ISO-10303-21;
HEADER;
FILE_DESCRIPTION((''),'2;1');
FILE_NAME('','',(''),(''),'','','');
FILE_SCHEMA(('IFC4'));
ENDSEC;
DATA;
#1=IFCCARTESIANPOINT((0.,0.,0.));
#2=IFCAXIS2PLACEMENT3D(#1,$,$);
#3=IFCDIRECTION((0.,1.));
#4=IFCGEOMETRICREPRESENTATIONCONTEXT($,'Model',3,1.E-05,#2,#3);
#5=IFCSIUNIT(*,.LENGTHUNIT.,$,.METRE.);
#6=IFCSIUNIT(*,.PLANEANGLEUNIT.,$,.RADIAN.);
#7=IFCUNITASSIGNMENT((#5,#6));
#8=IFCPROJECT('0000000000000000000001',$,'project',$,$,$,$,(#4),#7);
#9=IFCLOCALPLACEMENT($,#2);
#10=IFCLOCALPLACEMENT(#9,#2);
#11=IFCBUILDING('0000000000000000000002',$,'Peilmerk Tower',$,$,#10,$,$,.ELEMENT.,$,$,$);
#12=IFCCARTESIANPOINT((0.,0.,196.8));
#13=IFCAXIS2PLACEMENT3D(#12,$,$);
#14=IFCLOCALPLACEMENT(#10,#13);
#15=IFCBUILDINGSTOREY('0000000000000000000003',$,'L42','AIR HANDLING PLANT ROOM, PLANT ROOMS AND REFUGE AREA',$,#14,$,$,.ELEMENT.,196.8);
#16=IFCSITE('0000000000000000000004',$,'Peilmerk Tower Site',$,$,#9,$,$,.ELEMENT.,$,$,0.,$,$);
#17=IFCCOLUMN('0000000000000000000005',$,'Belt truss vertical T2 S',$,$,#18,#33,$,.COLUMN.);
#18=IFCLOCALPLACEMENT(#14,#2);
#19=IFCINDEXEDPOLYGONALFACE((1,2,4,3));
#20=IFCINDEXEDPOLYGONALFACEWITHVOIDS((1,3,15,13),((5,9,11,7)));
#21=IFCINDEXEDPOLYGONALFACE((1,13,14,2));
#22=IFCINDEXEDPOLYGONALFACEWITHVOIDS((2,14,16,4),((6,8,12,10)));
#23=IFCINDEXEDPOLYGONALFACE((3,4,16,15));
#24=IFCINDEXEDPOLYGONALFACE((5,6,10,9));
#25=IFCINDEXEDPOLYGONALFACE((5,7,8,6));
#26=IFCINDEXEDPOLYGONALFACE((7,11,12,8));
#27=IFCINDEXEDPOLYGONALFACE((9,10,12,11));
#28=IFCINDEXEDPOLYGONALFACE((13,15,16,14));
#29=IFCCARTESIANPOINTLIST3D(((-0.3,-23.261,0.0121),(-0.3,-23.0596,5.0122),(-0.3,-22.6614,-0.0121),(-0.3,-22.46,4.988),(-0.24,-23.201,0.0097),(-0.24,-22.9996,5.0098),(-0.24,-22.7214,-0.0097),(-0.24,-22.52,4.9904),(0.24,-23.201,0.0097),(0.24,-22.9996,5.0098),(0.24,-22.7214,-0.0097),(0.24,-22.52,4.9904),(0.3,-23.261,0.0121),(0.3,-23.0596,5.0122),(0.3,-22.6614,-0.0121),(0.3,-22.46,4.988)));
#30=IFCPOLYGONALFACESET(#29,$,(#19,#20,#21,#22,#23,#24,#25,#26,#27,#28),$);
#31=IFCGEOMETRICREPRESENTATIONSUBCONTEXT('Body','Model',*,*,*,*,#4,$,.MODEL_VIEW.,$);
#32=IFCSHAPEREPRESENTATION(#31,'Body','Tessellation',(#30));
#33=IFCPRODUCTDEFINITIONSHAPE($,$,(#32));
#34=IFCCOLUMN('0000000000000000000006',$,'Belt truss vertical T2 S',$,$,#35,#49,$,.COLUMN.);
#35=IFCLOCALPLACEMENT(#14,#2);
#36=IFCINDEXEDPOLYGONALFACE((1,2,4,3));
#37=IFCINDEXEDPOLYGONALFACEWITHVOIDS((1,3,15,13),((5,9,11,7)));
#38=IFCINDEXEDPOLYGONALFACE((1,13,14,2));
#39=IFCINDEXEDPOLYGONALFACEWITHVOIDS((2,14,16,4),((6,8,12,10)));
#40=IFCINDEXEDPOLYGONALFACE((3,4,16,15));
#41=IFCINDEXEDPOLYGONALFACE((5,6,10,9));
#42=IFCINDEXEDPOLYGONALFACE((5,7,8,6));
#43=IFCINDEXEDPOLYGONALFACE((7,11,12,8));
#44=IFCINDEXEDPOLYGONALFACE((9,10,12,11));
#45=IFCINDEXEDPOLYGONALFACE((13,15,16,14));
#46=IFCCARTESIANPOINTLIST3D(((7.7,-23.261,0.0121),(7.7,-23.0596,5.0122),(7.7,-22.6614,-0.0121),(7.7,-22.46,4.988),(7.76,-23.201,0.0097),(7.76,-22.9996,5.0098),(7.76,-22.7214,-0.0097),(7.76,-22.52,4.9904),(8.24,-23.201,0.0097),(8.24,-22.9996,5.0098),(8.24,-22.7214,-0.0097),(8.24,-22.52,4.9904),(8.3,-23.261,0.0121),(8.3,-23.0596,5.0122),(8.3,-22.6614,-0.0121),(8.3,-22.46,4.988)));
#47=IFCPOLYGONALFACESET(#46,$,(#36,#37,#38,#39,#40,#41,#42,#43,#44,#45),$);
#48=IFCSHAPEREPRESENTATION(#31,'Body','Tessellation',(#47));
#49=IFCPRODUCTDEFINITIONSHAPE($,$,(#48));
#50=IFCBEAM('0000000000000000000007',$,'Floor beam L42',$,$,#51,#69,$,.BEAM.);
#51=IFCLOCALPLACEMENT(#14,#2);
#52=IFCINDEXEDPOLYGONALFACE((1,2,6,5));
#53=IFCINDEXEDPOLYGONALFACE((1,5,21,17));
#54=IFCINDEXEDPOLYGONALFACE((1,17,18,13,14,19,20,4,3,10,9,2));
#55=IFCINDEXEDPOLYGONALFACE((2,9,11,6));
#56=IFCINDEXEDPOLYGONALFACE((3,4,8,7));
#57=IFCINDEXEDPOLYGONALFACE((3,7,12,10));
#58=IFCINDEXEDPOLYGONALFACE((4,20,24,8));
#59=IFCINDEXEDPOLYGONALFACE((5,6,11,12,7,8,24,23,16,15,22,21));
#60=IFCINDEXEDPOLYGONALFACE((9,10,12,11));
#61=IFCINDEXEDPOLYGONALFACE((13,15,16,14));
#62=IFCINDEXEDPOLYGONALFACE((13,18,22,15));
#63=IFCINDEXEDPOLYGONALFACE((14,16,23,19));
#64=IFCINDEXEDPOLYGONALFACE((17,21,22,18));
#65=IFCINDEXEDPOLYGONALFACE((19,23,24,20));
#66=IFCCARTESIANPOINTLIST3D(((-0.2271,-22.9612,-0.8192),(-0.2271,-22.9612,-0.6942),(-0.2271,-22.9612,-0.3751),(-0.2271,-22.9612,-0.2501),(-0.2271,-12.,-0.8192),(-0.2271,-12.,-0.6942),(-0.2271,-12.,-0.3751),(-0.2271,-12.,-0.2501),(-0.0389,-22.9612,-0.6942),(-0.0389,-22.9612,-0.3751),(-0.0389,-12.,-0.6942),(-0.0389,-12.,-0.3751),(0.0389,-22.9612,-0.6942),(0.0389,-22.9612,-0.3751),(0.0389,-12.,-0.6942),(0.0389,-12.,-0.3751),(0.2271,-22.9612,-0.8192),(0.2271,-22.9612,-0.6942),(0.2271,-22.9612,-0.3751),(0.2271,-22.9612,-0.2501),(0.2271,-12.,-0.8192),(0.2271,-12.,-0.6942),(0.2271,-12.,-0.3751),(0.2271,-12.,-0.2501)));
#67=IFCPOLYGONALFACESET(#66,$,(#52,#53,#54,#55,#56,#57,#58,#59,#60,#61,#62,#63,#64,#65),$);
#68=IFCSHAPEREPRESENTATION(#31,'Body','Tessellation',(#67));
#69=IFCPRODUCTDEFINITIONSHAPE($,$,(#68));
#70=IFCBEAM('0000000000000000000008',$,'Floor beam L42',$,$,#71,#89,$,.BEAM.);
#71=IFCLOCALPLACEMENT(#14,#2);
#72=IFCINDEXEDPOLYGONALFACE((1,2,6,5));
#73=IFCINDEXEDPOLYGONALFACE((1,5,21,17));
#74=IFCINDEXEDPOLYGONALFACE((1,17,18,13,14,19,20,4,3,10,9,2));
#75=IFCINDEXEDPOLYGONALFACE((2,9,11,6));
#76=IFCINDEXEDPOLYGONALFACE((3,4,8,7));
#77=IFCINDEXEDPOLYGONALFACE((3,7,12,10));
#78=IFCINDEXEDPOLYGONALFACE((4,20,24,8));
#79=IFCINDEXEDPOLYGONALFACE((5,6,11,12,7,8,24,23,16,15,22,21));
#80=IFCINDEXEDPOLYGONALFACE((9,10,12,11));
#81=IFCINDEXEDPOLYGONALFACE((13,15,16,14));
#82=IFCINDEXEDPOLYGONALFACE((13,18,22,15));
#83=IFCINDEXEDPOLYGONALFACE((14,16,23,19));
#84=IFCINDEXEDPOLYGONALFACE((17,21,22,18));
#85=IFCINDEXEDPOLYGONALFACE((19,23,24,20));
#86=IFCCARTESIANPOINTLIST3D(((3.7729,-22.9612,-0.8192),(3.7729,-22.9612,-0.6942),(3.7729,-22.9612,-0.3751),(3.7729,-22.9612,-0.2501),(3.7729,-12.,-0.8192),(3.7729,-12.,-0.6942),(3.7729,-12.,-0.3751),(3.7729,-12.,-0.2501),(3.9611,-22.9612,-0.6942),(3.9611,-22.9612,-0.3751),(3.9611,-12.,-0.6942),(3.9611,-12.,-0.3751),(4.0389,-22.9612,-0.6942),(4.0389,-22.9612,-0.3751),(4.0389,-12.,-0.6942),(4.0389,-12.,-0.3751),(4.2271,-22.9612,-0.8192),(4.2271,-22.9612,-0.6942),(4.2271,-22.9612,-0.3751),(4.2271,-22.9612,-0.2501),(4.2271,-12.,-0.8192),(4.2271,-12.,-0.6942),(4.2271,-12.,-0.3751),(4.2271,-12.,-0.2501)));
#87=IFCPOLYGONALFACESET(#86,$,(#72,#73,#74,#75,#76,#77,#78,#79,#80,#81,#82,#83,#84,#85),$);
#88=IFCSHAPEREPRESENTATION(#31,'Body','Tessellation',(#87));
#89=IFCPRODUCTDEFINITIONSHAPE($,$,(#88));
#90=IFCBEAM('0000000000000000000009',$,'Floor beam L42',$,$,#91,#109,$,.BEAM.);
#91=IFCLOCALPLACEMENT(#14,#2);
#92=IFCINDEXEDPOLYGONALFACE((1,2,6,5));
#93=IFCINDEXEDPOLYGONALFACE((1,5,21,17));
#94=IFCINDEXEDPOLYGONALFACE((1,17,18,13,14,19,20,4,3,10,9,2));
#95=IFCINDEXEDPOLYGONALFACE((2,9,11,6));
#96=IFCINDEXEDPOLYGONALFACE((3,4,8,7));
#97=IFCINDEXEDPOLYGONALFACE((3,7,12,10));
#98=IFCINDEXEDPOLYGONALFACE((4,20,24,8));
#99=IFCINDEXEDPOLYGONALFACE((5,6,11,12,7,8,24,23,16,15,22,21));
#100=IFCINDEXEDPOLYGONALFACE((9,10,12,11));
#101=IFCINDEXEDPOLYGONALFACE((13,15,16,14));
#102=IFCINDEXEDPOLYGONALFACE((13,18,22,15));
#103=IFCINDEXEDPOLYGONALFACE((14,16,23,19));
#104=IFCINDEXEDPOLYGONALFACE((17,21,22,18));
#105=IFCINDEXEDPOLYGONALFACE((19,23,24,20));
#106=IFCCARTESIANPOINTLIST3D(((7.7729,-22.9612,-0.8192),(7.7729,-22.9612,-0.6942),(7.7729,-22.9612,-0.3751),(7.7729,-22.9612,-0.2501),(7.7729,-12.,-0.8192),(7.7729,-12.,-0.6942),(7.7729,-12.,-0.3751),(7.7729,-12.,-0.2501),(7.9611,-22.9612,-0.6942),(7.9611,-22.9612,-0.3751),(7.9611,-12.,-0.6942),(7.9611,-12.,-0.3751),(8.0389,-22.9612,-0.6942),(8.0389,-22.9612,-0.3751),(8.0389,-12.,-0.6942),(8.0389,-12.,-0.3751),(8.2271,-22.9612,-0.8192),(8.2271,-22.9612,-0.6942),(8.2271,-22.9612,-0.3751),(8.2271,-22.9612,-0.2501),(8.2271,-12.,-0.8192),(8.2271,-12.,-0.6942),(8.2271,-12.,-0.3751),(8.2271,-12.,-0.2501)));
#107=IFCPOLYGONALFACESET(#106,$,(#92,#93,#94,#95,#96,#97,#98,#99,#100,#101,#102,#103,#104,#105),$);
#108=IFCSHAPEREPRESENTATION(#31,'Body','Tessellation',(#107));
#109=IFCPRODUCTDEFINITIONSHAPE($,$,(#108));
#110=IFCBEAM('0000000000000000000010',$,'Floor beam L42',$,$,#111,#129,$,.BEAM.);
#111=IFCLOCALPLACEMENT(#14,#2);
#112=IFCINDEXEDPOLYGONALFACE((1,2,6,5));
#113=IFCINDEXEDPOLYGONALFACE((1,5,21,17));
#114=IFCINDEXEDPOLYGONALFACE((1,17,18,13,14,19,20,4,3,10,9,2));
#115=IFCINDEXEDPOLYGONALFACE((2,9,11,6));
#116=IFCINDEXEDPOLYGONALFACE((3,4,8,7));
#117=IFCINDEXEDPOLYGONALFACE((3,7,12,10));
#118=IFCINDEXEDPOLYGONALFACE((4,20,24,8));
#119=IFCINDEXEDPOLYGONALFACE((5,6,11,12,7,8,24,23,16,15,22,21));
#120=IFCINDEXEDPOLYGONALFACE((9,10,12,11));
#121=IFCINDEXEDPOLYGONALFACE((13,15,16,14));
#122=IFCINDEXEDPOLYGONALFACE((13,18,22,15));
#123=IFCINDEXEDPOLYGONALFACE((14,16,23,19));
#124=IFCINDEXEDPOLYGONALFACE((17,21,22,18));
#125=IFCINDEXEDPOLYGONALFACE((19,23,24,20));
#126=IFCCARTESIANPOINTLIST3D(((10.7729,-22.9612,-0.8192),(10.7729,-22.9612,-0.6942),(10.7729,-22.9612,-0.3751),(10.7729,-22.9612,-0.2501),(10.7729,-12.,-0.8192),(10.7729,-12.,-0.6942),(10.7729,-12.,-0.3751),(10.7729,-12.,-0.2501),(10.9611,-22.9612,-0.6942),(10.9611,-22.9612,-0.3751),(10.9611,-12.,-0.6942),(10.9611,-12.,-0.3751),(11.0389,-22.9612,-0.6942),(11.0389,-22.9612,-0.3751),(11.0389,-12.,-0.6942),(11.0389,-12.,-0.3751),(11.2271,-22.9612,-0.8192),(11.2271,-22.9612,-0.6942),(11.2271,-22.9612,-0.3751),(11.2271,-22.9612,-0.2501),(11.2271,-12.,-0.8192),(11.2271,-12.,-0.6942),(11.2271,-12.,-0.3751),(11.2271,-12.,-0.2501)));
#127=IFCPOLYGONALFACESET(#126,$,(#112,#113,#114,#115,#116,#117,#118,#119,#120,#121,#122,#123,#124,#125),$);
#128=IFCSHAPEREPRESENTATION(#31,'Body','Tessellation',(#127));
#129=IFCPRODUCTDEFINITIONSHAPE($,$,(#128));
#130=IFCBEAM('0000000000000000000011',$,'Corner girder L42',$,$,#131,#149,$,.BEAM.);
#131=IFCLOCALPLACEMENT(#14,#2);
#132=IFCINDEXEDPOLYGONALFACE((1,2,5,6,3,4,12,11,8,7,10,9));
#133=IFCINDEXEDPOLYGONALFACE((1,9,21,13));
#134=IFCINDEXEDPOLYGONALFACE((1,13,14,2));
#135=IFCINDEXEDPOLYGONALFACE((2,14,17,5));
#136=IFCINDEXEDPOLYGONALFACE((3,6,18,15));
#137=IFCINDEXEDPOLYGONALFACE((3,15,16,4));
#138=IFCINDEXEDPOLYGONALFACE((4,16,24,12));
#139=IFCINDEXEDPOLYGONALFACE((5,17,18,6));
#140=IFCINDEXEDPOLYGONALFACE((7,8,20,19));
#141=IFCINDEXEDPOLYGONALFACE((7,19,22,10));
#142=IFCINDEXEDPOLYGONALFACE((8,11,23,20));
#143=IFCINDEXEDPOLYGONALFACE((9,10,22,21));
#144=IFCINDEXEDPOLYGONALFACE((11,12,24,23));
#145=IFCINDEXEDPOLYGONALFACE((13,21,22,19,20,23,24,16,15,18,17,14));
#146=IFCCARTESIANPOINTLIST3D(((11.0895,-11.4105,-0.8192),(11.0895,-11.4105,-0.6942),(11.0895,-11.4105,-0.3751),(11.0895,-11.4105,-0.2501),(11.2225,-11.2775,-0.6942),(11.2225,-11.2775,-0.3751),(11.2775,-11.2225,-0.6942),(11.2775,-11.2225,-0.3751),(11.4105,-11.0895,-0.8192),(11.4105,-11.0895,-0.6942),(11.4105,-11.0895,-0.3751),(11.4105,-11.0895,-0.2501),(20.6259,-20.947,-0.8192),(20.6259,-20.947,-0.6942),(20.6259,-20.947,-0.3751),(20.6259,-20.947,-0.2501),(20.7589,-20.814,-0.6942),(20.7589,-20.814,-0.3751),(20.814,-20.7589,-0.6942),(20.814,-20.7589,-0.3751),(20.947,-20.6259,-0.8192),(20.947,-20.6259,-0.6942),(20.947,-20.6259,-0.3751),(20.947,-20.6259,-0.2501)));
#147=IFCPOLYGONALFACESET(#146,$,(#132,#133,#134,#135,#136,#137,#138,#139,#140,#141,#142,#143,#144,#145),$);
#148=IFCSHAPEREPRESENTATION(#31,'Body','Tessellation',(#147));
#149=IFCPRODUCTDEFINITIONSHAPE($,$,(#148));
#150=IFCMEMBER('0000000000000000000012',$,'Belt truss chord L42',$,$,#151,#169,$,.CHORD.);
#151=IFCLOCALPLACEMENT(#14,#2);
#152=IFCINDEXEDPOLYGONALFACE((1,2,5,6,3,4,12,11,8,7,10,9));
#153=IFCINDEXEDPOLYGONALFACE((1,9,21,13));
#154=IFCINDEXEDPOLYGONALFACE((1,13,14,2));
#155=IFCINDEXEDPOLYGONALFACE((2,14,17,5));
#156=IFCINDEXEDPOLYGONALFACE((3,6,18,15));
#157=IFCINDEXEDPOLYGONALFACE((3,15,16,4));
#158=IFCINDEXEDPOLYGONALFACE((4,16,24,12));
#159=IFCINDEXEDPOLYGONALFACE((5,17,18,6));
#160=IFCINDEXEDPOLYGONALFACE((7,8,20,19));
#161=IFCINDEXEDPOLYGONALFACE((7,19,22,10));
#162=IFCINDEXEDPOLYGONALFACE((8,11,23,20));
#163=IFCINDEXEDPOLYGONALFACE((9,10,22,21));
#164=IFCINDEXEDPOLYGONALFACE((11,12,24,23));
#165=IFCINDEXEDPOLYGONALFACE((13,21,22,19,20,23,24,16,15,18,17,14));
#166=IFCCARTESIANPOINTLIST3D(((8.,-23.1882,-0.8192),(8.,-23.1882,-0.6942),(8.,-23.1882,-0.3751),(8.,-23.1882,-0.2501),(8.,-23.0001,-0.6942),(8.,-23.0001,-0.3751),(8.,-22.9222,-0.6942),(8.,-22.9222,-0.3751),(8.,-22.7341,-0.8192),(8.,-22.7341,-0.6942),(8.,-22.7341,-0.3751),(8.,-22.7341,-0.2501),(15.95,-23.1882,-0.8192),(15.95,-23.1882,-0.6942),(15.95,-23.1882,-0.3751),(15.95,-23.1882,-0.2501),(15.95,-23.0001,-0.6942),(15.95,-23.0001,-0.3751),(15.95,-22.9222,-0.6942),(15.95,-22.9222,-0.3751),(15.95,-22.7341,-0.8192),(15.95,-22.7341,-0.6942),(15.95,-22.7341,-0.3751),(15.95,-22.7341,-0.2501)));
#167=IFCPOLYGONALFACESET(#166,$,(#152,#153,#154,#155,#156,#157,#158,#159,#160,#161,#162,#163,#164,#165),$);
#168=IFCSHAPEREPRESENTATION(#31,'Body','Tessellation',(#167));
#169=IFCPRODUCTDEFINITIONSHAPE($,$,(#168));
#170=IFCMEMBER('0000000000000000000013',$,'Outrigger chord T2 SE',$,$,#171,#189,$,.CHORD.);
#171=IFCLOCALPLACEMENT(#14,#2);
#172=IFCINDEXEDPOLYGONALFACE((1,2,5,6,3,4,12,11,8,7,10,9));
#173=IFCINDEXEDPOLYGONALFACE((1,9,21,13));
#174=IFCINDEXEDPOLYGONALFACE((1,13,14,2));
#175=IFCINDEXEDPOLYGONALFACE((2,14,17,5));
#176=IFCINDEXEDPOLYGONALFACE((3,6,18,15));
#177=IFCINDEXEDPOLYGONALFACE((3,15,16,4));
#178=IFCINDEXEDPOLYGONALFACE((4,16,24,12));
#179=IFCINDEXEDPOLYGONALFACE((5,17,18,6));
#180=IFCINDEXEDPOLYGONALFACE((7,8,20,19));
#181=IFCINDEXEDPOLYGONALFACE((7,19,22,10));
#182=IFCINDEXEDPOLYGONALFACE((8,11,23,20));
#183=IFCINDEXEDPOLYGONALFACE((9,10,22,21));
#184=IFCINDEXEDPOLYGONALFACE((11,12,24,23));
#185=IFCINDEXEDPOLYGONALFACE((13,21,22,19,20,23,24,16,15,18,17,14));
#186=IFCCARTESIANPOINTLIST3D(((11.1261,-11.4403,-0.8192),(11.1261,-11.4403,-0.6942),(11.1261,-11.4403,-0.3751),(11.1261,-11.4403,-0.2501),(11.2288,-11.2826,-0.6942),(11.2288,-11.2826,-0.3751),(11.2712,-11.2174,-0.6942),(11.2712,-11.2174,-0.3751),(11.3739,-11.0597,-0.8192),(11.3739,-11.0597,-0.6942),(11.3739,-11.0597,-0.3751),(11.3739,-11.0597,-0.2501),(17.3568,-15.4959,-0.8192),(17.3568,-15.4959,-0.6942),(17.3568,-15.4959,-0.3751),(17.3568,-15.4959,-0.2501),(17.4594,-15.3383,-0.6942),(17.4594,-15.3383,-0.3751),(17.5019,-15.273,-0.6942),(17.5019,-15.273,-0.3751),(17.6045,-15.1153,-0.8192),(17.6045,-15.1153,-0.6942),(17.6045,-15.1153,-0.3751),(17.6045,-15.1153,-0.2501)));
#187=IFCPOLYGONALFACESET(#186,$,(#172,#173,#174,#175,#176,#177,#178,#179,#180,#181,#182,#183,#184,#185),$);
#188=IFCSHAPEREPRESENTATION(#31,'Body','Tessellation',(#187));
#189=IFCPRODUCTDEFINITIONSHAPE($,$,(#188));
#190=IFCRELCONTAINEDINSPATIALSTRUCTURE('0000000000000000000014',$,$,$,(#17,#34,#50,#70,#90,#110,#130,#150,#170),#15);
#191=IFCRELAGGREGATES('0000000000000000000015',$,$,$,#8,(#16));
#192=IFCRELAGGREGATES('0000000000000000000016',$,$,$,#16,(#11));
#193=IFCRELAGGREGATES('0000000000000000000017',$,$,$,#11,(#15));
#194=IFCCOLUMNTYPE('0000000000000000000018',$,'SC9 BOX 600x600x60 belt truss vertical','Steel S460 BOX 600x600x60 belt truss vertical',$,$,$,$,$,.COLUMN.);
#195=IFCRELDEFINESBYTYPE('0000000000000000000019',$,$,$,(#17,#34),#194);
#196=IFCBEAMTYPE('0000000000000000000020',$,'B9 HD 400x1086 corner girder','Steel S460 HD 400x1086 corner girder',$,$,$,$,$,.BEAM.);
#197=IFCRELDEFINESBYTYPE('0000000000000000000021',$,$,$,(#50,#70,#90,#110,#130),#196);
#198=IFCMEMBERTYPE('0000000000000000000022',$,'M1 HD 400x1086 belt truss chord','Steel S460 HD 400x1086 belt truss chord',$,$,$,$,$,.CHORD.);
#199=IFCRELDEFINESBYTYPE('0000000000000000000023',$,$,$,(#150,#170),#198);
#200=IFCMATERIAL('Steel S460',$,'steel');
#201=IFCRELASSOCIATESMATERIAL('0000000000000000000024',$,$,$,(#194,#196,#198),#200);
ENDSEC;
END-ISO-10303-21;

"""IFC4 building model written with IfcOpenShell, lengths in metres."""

from ifc_helpers import new_model, si_unit, direction, frame, origin, origin_2d, place, context, subcontext, project, spatial, hollow_rectangle, i_section, extrude, material, material_profile, profile_set, type_object, element, save


model = new_model("IFC4")

# Units and contexts
model_context = context("Model", 3, precision=1e-05, world=origin(), true_north=direction((0.0, 1.0)))
body_context = subcontext(model_context, "Body", "Model", "MODEL_VIEW")
ifc_project = project(units=[si_unit("LENGTHUNIT", "METRE"), si_unit("PLANEANGLEUNIT", "RADIAN")], contexts=[model_context])

# Site, building, storey
site_placement = place(None, origin())
site = spatial("IfcSite", under=ifc_project, at=site_placement, Name="Peilmerk Tower Site", CompositionType="ELEMENT", RefElevation=0.0)
building_placement = place(site_placement, origin())
building = spatial("IfcBuilding", under=site, at=building_placement, Name="Peilmerk Tower", CompositionType="ELEMENT")
storey_placement = place(building_placement, frame((0.0, 0.0, 196.8)))
storey = spatial("IfcBuildingStorey", under=building, at=storey_placement, Name="L42", Description="AIR HANDLING PLANT ROOM, PLANT ROOMS AND REFUGE AREA", CompositionType="ELEMENT", Elevation=196.8)

# Columns
ifc_material_1 = material(Name="Steel S460", Category="steel")
ifc_material_profile_1 = material_profile(ifc_material_1, hollow_rectangle(XDim=0.6001, YDim=0.6001, WallThickness=0.0601, at=origin_2d()), Name="BOX 600x600x60")
ifc_profile_set_1 = profile_set([ifc_material_profile_1], Name="Steel S460")
column_type = type_object("IfcColumnType", Name="SC9 BOX 600x600x60 belt truss vertical", Description="Steel S460 BOX 600x600x60 belt truss vertical", PredefinedType="COLUMN", material=ifc_profile_set_1)
for number, where, z_axis, x_axis, name in (
    (1, (0.0, -22.9612, 0.0), (0.0, 0.040251, 0.99919), (-1.0, 0.0, 0.0), "Belt truss vertical T2 S"),
    (2, (8.0, -22.9612, 0.0), (0.0, 0.040251, 0.99919), (-1.0, 0.0, 0.0), "Belt truss vertical T2 S"),
):
    element("IfcColumn", number, at=place(storey_placement, frame(where, z_axis=z_axis, x_axis=x_axis)), inside=storey, type_object=column_type, Name=name, PredefinedType="COLUMN", context=body_context, shape_type="SweptSolid", body=[
        extrude(hollow_rectangle(XDim=0.6001, YDim=0.6001, WallThickness=0.0601, at=origin_2d()), origin(), (0.0, 0.0, 1.0), 5.0042),
    ])

# Beams
ifc_material_profile_2 = material_profile(ifc_material_1, i_section(OverallWidth=0.4541, OverallDepth=0.5691, WebThickness=0.0779, FlangeThickness=0.125, at=origin_2d()), Name="HD 400x1086")
ifc_profile_set_2 = profile_set([ifc_material_profile_2], Name="Steel S460")
beam_type = type_object("IfcBeamType", Name="B9 HD 400x1086 corner girder", Description="Steel S460 HD 400x1086 corner girder", PredefinedType="BEAM", material=ifc_profile_set_2)
for number, where, z_axis, x_axis, name in (
    (3, (0.0, -12.0, -0.5347), (0.0, -1.0, 0.0), (1.0, 0.0, 0.0), "Floor beam L42"),
    (4, (4.0, -12.0, -0.5347), (0.0, -1.0, 0.0), (1.0, 0.0, 0.0), "Floor beam L42"),
    (5, (8.0, -12.0, -0.5347), (0.0, -1.0, 0.0), (1.0, 0.0, 0.0), "Floor beam L42"),
    (6, (11.0, -12.0, -0.5347), (0.0, -1.0, 0.0), (1.0, 0.0, 0.0), "Floor beam L42"),
):
    element("IfcBeam", number, at=place(storey_placement, frame(where, z_axis=z_axis, x_axis=x_axis)), inside=storey, type_object=beam_type, Name=name, PredefinedType="BEAM", context=body_context, shape_type="SweptSolid", body=[
        extrude(i_section(OverallWidth=0.4541, OverallDepth=0.5691, WebThickness=0.0779, FlangeThickness=0.125, at=origin_2d()), origin(), (0.0, 0.0, 1.0), 10.9612),
    ])
beam_placement = place(storey_placement, frame((11.25, -11.25, -0.5347), z_axis=(0.707107, -0.707107, 0.0), x_axis=(0.707107, 0.707107, 0.0)))
element("IfcBeam", 7, at=beam_placement, inside=storey, type_object=beam_type, Name="Corner girder L42", PredefinedType="BEAM", context=body_context, shape_type="SweptSolid", body=[
    extrude(i_section(OverallWidth=0.4541, OverallDepth=0.5691, WebThickness=0.0779, FlangeThickness=0.125, at=origin_2d()), origin(), (0.0, 0.0, 1.0), 13.4866),
])

# Members
ifc_material_profile_3 = material_profile(ifc_material_1, i_section(OverallWidth=0.4541, OverallDepth=0.5691, WebThickness=0.0779, FlangeThickness=0.125, at=origin_2d()), Name="HD 400x1086")
ifc_profile_set_3 = profile_set([ifc_material_profile_3], Name="Steel S460")
member_type_1 = type_object("IfcMemberType", Name="M1 HD 400x1086 belt truss chord", Description="Steel S460 HD 400x1086 belt truss chord", PredefinedType="CHORD", material=ifc_profile_set_3)
member_1_placement = place(storey_placement, frame((8.0, -22.9612, -0.5347), z_axis=(1.0, 0.0, 0.0), x_axis=(0.0, 1.0, 0.0)))
element("IfcMember", 8, at=member_1_placement, inside=storey, type_object=member_type_1, Name="Belt truss chord L42", PredefinedType="CHORD", context=body_context, shape_type="SweptSolid", body=[
    extrude(i_section(OverallWidth=0.4541, OverallDepth=0.5691, WebThickness=0.0779, FlangeThickness=0.125, at=origin_2d()), origin(), (0.0, 0.0, 1.0), 7.95),
])
member_2_placement = place(storey_placement, frame((11.25, -11.25, -0.5347), z_axis=(0.838093, -0.545527, 0.0), x_axis=(0.545527, 0.838093, 0.0)))
element("IfcMember", 9, at=member_2_placement, inside=storey, type_object=member_type_1, Name="Outrigger chord T2 SE", PredefinedType="CHORD", context=body_context, shape_type="SweptSolid", body=[
    extrude(i_section(OverallWidth=0.4541, OverallDepth=0.5691, WebThickness=0.0779, FlangeThickness=0.125, at=origin_2d()), origin(), (0.0, 0.0, 1.0), 7.4343),
])

save(model, "model.ifc")
